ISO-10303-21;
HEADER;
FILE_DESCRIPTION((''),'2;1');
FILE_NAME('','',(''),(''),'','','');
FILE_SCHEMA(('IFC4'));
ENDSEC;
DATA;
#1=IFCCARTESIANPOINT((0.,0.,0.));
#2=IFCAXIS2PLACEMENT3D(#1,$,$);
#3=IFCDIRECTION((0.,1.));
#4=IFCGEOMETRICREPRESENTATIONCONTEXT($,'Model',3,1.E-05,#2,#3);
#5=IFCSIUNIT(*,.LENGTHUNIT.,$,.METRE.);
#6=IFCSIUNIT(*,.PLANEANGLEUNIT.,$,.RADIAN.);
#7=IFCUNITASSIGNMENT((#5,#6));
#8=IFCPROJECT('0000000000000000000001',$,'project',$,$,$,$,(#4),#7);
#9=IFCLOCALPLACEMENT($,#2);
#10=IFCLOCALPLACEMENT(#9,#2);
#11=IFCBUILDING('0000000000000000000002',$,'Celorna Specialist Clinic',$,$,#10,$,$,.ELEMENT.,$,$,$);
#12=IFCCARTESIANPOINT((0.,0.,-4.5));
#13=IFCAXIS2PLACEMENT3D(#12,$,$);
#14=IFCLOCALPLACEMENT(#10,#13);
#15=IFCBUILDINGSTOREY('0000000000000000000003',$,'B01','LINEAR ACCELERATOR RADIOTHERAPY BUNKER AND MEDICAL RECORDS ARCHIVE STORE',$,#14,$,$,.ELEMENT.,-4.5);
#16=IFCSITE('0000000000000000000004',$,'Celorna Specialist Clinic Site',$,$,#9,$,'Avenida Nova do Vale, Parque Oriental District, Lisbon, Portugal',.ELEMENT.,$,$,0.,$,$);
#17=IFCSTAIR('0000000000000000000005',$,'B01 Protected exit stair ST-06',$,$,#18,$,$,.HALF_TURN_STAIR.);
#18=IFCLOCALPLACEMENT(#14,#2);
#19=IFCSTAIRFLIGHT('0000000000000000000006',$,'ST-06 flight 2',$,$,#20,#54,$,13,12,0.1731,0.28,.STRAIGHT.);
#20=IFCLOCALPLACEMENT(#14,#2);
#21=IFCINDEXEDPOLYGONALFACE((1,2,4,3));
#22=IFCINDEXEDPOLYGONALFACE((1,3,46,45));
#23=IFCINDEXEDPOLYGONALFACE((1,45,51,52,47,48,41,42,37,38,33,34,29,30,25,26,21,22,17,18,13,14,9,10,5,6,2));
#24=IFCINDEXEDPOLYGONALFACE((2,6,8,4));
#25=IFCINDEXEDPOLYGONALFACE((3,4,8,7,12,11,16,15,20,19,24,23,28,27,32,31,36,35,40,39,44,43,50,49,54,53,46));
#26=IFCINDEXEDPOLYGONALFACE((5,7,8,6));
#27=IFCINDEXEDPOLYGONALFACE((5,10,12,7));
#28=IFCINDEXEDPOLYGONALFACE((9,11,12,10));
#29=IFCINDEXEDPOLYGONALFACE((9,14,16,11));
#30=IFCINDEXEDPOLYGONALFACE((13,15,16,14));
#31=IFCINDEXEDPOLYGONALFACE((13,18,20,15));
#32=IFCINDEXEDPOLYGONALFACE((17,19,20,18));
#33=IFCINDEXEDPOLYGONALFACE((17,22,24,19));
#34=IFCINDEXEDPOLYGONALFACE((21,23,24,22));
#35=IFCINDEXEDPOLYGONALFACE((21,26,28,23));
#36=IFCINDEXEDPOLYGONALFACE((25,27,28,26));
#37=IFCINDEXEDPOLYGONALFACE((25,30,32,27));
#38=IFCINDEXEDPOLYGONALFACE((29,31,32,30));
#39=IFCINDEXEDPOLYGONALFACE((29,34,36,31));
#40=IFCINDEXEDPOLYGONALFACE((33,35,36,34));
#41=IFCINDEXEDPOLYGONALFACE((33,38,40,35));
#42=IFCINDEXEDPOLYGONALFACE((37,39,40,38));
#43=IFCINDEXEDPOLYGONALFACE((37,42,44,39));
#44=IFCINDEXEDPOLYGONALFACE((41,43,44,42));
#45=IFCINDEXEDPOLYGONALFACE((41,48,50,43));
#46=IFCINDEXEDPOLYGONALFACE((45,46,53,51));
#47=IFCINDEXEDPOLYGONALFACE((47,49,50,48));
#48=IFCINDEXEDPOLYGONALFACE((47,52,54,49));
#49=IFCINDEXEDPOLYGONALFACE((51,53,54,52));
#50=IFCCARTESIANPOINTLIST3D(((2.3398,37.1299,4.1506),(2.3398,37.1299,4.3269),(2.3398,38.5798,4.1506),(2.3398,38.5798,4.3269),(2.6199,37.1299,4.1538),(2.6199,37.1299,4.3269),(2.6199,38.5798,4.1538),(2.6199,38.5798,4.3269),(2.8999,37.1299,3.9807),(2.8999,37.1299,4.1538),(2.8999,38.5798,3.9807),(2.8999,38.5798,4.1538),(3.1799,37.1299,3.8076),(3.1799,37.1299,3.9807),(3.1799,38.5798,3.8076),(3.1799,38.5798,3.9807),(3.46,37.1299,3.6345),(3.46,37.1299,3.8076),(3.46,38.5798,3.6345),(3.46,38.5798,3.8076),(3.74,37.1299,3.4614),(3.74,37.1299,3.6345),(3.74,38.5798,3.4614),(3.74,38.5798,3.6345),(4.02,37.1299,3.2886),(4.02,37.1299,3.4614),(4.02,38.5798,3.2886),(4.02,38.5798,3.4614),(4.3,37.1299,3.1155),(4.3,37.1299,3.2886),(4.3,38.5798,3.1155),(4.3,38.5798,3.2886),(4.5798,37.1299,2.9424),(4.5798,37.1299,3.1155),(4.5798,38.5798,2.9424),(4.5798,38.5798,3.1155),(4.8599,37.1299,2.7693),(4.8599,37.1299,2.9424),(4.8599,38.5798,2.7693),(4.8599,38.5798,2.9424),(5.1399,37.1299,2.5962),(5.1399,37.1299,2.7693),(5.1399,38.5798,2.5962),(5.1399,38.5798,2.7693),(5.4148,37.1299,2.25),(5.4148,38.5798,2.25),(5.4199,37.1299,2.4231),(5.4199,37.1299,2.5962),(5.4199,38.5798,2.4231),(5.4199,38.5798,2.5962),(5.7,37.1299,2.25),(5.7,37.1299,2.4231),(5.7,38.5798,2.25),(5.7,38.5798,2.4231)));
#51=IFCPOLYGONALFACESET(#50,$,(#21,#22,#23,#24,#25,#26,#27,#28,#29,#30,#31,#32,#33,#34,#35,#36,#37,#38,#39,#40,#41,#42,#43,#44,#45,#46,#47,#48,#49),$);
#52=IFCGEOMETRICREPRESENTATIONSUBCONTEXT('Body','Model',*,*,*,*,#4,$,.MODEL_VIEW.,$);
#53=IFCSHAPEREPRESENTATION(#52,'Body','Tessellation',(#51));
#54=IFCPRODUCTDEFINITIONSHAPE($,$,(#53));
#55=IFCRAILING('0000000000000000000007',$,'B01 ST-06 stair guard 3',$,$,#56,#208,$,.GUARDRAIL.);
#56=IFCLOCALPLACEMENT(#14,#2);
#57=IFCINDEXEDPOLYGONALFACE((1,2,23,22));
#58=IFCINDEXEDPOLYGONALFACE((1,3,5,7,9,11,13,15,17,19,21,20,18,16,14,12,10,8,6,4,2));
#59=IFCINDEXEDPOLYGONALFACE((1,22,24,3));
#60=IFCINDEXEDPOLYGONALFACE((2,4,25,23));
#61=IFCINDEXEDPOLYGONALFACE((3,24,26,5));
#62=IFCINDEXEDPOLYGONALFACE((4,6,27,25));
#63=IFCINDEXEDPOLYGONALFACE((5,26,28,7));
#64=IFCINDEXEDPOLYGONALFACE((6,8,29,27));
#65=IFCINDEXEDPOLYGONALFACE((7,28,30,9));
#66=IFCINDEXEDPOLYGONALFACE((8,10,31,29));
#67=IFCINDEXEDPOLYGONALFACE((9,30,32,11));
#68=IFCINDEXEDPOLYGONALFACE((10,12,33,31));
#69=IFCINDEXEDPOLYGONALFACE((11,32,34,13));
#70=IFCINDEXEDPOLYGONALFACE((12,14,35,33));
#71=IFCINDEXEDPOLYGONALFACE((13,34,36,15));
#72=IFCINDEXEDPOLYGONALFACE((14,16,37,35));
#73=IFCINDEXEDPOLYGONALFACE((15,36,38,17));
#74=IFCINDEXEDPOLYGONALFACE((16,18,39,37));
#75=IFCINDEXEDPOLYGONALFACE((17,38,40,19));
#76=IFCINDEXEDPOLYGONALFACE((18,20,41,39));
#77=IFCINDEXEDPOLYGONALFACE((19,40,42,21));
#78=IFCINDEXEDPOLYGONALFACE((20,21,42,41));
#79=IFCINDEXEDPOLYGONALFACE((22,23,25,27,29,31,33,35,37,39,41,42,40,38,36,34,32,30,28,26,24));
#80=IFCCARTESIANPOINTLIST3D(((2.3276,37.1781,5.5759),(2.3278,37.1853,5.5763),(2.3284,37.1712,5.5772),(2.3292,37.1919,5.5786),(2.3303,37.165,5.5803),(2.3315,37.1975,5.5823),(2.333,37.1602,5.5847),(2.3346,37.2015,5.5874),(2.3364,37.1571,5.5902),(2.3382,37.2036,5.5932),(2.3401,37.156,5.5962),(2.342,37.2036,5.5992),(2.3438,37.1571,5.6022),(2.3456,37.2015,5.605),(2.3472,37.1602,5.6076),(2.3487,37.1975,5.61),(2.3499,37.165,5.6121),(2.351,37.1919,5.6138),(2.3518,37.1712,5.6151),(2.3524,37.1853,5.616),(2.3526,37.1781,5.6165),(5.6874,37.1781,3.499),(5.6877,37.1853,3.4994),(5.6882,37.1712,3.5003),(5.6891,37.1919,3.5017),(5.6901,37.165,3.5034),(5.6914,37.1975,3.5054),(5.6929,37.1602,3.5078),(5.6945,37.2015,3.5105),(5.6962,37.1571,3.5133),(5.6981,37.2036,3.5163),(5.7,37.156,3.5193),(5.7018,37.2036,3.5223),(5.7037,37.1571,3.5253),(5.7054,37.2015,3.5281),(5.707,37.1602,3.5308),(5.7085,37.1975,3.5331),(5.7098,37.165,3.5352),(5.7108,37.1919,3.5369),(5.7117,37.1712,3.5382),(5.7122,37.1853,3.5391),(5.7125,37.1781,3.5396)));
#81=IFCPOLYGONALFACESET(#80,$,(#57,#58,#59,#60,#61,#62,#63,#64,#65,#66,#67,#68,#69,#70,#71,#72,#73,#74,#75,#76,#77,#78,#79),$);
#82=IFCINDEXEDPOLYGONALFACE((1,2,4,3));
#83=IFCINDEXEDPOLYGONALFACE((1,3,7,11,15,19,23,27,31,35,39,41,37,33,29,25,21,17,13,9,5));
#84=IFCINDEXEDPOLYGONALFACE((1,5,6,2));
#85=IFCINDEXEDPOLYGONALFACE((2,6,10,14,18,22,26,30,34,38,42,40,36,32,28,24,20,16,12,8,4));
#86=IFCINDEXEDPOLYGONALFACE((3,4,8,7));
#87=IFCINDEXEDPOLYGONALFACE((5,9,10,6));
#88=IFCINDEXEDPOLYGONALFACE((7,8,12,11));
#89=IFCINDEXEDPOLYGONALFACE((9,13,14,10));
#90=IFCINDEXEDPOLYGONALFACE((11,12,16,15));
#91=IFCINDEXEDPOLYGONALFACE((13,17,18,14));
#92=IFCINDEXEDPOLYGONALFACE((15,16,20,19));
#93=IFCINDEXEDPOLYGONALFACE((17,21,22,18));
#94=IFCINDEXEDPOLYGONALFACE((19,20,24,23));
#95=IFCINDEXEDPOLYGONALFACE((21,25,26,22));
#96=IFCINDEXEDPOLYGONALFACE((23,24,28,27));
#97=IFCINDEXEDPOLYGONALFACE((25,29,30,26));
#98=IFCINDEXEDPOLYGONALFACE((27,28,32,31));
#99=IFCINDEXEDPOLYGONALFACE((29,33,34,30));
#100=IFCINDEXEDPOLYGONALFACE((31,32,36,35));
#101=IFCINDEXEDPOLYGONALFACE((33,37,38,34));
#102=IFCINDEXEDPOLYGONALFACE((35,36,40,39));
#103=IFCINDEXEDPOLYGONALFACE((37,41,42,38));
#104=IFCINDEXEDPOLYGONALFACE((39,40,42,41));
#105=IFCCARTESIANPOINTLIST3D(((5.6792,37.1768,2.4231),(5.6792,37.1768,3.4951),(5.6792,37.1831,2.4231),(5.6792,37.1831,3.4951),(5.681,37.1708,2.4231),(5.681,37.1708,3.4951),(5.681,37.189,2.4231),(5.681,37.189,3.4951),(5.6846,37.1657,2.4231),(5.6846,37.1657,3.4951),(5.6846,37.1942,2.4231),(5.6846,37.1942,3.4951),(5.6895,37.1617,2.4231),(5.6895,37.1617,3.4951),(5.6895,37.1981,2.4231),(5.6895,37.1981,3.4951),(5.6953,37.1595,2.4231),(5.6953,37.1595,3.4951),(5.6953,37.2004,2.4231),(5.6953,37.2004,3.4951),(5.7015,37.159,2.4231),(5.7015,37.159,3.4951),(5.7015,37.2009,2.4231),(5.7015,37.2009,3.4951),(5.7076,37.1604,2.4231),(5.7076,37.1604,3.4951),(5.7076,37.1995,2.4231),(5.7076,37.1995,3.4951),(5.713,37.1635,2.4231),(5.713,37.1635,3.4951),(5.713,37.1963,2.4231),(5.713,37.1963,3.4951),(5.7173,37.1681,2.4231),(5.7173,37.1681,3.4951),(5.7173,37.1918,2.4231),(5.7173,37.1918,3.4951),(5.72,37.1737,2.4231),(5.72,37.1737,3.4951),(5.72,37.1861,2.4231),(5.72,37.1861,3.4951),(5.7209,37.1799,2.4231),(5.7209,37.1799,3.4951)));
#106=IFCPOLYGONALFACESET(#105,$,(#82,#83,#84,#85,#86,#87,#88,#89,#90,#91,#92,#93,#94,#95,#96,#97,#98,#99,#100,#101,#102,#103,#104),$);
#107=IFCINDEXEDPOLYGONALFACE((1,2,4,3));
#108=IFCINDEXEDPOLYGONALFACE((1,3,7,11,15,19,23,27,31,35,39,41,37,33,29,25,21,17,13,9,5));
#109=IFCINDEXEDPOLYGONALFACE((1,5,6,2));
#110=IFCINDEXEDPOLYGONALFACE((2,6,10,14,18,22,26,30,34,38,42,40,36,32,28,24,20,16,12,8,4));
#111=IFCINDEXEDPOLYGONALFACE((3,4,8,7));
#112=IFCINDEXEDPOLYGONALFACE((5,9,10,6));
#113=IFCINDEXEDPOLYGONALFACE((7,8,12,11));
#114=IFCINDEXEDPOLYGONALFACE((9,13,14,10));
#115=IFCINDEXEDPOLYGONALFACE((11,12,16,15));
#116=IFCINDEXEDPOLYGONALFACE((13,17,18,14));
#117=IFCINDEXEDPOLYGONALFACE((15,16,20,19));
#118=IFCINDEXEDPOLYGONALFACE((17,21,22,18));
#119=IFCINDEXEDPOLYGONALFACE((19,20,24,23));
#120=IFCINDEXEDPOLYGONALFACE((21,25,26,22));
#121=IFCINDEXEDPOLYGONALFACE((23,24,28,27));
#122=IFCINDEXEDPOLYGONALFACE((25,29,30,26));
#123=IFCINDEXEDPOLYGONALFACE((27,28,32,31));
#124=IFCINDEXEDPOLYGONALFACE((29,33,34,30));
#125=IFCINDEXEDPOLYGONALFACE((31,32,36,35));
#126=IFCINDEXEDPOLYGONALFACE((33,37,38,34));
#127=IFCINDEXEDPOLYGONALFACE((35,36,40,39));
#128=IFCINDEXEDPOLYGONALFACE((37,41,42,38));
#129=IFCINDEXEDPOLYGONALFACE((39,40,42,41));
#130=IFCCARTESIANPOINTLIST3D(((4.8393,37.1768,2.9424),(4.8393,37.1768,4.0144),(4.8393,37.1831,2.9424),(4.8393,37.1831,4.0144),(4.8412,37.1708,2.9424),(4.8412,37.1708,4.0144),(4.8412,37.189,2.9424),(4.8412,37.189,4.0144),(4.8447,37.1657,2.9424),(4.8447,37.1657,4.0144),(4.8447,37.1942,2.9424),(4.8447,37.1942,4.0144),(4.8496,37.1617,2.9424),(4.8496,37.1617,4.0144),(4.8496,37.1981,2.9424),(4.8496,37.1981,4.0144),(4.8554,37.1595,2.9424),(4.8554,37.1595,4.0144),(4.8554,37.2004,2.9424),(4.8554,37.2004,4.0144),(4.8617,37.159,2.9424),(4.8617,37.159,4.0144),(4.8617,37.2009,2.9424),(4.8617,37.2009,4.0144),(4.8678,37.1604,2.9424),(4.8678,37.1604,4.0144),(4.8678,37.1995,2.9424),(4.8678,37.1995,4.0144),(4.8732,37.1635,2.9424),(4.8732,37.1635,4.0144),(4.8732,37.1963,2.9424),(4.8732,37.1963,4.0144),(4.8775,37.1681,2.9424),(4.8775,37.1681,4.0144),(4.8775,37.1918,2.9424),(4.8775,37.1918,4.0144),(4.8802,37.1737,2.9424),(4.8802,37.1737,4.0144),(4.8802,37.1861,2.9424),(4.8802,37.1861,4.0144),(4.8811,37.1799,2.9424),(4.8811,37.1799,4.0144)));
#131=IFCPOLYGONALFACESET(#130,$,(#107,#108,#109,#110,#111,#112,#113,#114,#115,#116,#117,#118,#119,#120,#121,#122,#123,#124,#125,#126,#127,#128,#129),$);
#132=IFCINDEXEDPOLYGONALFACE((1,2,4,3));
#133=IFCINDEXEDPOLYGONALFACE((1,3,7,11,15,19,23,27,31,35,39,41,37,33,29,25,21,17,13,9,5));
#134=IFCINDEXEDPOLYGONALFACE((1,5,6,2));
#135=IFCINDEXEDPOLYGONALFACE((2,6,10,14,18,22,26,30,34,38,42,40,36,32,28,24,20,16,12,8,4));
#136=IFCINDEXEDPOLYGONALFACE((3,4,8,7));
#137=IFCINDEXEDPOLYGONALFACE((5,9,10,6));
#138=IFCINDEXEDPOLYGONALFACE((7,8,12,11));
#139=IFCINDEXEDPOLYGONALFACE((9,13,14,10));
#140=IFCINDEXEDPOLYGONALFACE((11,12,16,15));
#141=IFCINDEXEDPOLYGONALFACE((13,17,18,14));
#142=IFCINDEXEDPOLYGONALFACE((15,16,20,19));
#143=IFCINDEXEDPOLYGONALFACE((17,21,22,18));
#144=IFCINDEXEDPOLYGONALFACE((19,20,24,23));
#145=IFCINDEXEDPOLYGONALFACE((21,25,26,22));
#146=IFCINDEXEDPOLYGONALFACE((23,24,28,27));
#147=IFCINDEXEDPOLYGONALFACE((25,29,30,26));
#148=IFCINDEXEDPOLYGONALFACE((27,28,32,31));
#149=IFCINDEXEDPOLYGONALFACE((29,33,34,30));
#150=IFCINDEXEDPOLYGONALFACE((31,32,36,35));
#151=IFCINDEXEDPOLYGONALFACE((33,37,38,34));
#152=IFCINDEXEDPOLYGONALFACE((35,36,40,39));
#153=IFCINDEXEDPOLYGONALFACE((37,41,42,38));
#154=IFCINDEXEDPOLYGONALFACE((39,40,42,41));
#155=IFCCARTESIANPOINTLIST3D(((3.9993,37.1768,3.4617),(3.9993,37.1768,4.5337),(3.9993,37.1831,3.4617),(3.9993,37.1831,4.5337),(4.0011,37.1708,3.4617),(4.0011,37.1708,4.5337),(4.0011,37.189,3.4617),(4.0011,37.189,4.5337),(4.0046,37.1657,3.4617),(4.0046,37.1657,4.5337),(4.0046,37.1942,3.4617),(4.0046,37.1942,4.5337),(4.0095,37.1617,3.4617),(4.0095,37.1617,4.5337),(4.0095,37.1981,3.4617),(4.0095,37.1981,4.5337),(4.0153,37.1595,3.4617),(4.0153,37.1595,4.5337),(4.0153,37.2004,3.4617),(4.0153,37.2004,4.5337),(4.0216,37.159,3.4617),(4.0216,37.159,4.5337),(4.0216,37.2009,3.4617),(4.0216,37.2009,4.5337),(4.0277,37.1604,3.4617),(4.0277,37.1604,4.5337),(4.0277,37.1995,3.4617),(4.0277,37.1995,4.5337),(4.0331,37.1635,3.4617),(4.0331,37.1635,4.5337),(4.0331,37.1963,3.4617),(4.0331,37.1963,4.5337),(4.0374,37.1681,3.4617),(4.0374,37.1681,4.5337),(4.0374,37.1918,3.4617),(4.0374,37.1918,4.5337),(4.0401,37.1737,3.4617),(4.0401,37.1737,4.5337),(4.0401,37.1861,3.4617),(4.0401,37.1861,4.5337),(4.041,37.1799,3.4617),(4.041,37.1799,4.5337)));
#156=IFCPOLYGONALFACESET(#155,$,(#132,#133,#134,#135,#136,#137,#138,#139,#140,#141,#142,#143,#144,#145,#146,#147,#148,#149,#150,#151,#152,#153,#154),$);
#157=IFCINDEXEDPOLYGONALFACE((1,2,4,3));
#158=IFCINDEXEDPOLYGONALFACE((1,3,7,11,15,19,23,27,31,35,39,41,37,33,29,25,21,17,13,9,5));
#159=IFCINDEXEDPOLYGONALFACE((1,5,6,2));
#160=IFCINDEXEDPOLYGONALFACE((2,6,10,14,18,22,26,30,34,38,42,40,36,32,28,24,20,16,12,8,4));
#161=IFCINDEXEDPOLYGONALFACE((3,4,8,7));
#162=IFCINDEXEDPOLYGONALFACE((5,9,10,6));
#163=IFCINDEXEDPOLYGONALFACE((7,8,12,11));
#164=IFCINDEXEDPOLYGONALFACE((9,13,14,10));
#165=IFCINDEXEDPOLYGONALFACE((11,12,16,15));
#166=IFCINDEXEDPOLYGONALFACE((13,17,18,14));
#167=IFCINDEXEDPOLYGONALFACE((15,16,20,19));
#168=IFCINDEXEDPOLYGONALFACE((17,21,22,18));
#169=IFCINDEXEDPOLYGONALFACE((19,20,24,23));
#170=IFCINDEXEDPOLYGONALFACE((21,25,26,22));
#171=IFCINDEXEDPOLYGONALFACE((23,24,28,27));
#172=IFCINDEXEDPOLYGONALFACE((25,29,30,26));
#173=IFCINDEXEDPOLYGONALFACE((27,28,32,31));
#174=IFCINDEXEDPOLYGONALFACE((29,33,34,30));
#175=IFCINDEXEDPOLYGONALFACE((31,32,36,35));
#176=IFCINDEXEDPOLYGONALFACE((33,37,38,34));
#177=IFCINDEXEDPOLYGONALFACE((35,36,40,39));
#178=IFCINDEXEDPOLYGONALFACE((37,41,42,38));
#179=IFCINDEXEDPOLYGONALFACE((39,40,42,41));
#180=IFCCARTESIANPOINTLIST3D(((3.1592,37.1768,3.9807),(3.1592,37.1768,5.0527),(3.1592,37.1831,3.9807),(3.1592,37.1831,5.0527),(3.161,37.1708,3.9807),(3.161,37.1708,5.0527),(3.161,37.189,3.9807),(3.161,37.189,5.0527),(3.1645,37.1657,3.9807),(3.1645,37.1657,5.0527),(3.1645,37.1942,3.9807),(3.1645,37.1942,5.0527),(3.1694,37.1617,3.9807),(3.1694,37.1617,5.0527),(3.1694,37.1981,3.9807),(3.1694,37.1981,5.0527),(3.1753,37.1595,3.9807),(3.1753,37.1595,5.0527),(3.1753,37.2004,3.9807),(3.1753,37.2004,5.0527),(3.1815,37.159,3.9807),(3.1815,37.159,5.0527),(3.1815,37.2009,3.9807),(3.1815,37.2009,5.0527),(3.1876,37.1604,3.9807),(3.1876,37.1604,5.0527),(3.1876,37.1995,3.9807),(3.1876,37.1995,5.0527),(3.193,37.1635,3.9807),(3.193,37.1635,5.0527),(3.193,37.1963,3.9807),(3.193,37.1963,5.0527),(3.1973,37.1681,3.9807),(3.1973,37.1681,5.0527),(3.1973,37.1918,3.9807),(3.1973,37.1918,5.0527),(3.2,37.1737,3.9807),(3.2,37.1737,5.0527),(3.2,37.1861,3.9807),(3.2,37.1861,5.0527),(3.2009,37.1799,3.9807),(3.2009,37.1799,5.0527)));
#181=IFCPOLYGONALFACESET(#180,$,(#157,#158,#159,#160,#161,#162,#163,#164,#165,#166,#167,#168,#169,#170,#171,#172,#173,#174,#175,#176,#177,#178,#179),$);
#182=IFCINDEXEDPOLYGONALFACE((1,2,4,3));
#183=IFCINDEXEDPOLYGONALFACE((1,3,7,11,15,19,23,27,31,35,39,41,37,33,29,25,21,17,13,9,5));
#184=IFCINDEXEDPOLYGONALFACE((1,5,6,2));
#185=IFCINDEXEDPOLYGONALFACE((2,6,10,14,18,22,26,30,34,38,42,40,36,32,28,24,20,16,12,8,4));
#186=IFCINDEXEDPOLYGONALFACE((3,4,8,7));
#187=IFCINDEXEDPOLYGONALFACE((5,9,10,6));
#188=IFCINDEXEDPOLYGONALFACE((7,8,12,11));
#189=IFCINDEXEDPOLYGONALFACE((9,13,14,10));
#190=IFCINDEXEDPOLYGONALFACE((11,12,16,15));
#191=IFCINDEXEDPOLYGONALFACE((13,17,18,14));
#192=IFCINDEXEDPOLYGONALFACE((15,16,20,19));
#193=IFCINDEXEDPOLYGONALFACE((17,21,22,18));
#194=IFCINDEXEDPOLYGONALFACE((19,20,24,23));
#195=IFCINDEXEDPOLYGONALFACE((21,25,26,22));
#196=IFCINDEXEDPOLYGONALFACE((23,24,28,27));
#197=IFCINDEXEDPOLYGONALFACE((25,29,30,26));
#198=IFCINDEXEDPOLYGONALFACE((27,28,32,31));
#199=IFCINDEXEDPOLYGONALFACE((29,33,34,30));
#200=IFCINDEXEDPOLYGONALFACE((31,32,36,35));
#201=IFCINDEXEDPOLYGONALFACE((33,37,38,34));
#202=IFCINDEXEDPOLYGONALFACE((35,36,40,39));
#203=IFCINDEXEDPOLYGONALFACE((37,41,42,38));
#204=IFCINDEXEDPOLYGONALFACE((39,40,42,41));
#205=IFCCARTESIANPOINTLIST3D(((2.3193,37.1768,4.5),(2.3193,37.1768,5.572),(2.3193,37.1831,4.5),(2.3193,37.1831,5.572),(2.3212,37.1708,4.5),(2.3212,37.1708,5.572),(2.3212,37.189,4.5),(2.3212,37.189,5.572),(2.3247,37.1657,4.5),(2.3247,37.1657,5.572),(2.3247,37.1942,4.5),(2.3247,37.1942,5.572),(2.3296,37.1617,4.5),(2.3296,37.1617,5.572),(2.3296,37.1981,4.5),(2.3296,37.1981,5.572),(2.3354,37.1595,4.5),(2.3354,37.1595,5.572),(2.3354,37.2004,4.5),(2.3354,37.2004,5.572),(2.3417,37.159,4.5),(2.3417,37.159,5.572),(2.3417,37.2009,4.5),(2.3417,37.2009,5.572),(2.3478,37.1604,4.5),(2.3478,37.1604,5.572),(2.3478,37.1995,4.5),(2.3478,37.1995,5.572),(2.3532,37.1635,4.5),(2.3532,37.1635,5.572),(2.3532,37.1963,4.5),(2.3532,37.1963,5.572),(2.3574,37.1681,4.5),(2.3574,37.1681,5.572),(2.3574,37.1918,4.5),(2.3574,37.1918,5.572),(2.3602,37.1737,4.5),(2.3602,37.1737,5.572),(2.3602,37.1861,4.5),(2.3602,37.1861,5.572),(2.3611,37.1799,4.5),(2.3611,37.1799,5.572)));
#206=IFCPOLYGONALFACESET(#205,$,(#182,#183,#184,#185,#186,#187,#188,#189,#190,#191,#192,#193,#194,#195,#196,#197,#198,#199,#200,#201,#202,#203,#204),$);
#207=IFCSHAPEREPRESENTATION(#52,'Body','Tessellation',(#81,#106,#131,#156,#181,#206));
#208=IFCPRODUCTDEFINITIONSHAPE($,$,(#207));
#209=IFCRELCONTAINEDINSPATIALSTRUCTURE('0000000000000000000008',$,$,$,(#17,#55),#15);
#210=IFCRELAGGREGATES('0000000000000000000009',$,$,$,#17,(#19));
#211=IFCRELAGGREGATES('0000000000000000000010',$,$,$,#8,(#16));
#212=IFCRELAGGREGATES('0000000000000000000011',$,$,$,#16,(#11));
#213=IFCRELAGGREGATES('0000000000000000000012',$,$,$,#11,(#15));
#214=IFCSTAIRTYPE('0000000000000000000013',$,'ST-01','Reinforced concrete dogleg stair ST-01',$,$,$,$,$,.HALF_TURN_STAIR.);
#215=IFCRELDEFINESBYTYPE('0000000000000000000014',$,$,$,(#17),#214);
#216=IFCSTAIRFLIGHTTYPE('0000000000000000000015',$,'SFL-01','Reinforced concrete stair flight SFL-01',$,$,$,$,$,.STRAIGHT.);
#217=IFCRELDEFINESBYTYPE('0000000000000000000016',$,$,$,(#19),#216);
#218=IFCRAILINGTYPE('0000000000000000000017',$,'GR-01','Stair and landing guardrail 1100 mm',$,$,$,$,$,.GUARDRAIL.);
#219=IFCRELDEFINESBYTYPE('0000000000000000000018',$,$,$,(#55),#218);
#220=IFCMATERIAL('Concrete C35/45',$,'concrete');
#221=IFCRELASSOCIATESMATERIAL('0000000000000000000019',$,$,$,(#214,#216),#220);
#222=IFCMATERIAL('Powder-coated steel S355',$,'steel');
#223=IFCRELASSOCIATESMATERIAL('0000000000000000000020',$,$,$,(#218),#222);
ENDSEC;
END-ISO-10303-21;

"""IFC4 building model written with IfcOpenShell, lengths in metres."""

from ifc_helpers import new_model, si_unit, direction, frame, origin, origin_2d, place, context, subcontext, project, spatial, polyline, circle, outline, extrude, material, type_object, element, aggregate, save


model = new_model("IFC4")

# Units and contexts
model_context = context("Model", 3, precision=1e-05, world=origin(), true_north=direction((0.0, 1.0)))
body_context = subcontext(model_context, "Body", "Model", "MODEL_VIEW")
ifc_project = project(units=[si_unit("LENGTHUNIT", "METRE"), si_unit("PLANEANGLEUNIT", "RADIAN")], contexts=[model_context])

# Site, building, storey
site_placement = place(None, origin())
site = spatial("IfcSite", under=ifc_project, at=site_placement, Name="Celorna Specialist Clinic Site", LongName="Avenida Nova do Vale, Parque Oriental District, Lisbon, Portugal", CompositionType="ELEMENT", RefElevation=0.0)
building_placement = place(site_placement, origin())
building = spatial("IfcBuilding", under=site, at=building_placement, Name="Celorna Specialist Clinic", CompositionType="ELEMENT")
storey_placement = place(building_placement, frame((0.0, 0.0, -4.5)))
storey = spatial("IfcBuildingStorey", under=building, at=storey_placement, Name="B01", Description="LINEAR ACCELERATOR RADIOTHERAPY BUNKER AND MEDICAL RECORDS ARCHIVE STORE", CompositionType="ELEMENT", Elevation=-4.5)

# Shared definitions
ifc_material_1 = material(Name="Concrete C35/45", Category="concrete")

# Stair, stair flight
stair_type = type_object("IfcStairType", Name="ST-01", Description="Reinforced concrete dogleg stair ST-01", PredefinedType="HALF_TURN_STAIR", material=ifc_material_1)
stair_placement = place(storey_placement, origin())
stair = element("IfcStair", 1, at=stair_placement, inside=storey, type_object=stair_type, Name="B01 Protected exit stair ST-06", PredefinedType="HALF_TURN_STAIR")
stair_flight_type = type_object("IfcStairFlightType", Name="SFL-01", Description="Reinforced concrete stair flight SFL-01", PredefinedType="STRAIGHT", material=ifc_material_1)
stair_flight_placement = place(storey_placement, frame((5.7, 37.855, 2.25), z_axis=(0.0, 0.0, 1.0), x_axis=(-1.0, 0.0, 0.0)))
stair_flight = element("IfcStairFlight", 2, at=stair_flight_placement, type_object=stair_flight_type, Name="ST-06 flight 2", NumberOfRisers=13, NumberOfTreads=12, PredefinedType="STRAIGHT", RiserHeight=0.1731, TreadLength=0.28, context=body_context, shape_type="SweptSolid", body=[
    extrude(outline(polyline([(0.0, 0.0), (0.0, 0.1731), (0.28, 0.1731), (0.28, 0.3462), (0.5601, 0.3462), (0.5601, 0.5193), (0.8401, 0.5193), (0.8401, 0.6924), (1.1201, 0.6924), (1.1201, 0.8655), (1.3999, 0.8655), (1.3999, 1.0386), (1.6799, 1.0386), (1.6799, 1.2114), (1.96, 1.2114), (1.96, 1.3845), (2.24, 1.3845), (2.24, 1.5576), (2.52, 1.5576), (2.52, 1.7307), (2.8, 1.7307), (2.8, 1.9038), (3.0801, 1.9038), (3.0801, 2.0769), (3.3601, 2.0769), (3.3601, 2.25), (3.3601, 1.9006), (0.2852, 0.0), (0.0, 0.0)])), frame((0.0, 0.7251, 0.0), z_axis=(0.0, -1.0, 0.0), x_axis=(1.0, 0.0, 0.0)), (0.0, 0.0, 1.0), 1.45),
])
aggregate(stair, [stair_flight])

# Railing
ifc_material_2 = material(Name="Powder-coated steel S355", Category="steel")
railing_type_1 = type_object("IfcRailingType", Name="GR-01", Description="Stair and landing guardrail 1100 mm", PredefinedType="GUARDRAIL", material=ifc_material_2)
railing_1_placement = place(storey_placement, frame((5.7, 37.1799, 2.4231)))
element("IfcRailing", 3, at=railing_1_placement, inside=storey, type_object=railing_type_1, Name="B01 ST-06 stair guard 3", PredefinedType="GUARDRAIL", context=body_context, shape_type="SweptSolid", body=[
    extrude(circle(Radius=0.0239, at=origin_2d()), frame((0.0, 0.0, 1.0962), z_axis=(-0.850606, 0.0, 0.525803), x_axis=(0.0, -1.0, 0.0)), (0.0, 0.0, 1.0), 3.95),
    extrude(circle(Radius=0.021, at=origin_2d()), origin(), (0.0, 0.0, 1.0), 1.072),
    extrude(circle(Radius=0.021, at=origin_2d()), frame((-0.8398, 0.0, 0.5193)), (0.0, 0.0, 1.0), 1.072),
    extrude(circle(Radius=0.021, at=origin_2d()), frame((-1.6799, 0.0, 1.0386)), (0.0, 0.0, 1.0), 1.072),
    extrude(circle(Radius=0.021, at=origin_2d()), frame((-2.52, 0.0, 1.5576)), (0.0, 0.0, 1.0), 1.072),
    extrude(circle(Radius=0.021, at=origin_2d()), frame((-3.3599, 0.0, 2.0769)), (0.0, 0.0, 1.0), 1.072),
])

save(model, "model.ifc")
